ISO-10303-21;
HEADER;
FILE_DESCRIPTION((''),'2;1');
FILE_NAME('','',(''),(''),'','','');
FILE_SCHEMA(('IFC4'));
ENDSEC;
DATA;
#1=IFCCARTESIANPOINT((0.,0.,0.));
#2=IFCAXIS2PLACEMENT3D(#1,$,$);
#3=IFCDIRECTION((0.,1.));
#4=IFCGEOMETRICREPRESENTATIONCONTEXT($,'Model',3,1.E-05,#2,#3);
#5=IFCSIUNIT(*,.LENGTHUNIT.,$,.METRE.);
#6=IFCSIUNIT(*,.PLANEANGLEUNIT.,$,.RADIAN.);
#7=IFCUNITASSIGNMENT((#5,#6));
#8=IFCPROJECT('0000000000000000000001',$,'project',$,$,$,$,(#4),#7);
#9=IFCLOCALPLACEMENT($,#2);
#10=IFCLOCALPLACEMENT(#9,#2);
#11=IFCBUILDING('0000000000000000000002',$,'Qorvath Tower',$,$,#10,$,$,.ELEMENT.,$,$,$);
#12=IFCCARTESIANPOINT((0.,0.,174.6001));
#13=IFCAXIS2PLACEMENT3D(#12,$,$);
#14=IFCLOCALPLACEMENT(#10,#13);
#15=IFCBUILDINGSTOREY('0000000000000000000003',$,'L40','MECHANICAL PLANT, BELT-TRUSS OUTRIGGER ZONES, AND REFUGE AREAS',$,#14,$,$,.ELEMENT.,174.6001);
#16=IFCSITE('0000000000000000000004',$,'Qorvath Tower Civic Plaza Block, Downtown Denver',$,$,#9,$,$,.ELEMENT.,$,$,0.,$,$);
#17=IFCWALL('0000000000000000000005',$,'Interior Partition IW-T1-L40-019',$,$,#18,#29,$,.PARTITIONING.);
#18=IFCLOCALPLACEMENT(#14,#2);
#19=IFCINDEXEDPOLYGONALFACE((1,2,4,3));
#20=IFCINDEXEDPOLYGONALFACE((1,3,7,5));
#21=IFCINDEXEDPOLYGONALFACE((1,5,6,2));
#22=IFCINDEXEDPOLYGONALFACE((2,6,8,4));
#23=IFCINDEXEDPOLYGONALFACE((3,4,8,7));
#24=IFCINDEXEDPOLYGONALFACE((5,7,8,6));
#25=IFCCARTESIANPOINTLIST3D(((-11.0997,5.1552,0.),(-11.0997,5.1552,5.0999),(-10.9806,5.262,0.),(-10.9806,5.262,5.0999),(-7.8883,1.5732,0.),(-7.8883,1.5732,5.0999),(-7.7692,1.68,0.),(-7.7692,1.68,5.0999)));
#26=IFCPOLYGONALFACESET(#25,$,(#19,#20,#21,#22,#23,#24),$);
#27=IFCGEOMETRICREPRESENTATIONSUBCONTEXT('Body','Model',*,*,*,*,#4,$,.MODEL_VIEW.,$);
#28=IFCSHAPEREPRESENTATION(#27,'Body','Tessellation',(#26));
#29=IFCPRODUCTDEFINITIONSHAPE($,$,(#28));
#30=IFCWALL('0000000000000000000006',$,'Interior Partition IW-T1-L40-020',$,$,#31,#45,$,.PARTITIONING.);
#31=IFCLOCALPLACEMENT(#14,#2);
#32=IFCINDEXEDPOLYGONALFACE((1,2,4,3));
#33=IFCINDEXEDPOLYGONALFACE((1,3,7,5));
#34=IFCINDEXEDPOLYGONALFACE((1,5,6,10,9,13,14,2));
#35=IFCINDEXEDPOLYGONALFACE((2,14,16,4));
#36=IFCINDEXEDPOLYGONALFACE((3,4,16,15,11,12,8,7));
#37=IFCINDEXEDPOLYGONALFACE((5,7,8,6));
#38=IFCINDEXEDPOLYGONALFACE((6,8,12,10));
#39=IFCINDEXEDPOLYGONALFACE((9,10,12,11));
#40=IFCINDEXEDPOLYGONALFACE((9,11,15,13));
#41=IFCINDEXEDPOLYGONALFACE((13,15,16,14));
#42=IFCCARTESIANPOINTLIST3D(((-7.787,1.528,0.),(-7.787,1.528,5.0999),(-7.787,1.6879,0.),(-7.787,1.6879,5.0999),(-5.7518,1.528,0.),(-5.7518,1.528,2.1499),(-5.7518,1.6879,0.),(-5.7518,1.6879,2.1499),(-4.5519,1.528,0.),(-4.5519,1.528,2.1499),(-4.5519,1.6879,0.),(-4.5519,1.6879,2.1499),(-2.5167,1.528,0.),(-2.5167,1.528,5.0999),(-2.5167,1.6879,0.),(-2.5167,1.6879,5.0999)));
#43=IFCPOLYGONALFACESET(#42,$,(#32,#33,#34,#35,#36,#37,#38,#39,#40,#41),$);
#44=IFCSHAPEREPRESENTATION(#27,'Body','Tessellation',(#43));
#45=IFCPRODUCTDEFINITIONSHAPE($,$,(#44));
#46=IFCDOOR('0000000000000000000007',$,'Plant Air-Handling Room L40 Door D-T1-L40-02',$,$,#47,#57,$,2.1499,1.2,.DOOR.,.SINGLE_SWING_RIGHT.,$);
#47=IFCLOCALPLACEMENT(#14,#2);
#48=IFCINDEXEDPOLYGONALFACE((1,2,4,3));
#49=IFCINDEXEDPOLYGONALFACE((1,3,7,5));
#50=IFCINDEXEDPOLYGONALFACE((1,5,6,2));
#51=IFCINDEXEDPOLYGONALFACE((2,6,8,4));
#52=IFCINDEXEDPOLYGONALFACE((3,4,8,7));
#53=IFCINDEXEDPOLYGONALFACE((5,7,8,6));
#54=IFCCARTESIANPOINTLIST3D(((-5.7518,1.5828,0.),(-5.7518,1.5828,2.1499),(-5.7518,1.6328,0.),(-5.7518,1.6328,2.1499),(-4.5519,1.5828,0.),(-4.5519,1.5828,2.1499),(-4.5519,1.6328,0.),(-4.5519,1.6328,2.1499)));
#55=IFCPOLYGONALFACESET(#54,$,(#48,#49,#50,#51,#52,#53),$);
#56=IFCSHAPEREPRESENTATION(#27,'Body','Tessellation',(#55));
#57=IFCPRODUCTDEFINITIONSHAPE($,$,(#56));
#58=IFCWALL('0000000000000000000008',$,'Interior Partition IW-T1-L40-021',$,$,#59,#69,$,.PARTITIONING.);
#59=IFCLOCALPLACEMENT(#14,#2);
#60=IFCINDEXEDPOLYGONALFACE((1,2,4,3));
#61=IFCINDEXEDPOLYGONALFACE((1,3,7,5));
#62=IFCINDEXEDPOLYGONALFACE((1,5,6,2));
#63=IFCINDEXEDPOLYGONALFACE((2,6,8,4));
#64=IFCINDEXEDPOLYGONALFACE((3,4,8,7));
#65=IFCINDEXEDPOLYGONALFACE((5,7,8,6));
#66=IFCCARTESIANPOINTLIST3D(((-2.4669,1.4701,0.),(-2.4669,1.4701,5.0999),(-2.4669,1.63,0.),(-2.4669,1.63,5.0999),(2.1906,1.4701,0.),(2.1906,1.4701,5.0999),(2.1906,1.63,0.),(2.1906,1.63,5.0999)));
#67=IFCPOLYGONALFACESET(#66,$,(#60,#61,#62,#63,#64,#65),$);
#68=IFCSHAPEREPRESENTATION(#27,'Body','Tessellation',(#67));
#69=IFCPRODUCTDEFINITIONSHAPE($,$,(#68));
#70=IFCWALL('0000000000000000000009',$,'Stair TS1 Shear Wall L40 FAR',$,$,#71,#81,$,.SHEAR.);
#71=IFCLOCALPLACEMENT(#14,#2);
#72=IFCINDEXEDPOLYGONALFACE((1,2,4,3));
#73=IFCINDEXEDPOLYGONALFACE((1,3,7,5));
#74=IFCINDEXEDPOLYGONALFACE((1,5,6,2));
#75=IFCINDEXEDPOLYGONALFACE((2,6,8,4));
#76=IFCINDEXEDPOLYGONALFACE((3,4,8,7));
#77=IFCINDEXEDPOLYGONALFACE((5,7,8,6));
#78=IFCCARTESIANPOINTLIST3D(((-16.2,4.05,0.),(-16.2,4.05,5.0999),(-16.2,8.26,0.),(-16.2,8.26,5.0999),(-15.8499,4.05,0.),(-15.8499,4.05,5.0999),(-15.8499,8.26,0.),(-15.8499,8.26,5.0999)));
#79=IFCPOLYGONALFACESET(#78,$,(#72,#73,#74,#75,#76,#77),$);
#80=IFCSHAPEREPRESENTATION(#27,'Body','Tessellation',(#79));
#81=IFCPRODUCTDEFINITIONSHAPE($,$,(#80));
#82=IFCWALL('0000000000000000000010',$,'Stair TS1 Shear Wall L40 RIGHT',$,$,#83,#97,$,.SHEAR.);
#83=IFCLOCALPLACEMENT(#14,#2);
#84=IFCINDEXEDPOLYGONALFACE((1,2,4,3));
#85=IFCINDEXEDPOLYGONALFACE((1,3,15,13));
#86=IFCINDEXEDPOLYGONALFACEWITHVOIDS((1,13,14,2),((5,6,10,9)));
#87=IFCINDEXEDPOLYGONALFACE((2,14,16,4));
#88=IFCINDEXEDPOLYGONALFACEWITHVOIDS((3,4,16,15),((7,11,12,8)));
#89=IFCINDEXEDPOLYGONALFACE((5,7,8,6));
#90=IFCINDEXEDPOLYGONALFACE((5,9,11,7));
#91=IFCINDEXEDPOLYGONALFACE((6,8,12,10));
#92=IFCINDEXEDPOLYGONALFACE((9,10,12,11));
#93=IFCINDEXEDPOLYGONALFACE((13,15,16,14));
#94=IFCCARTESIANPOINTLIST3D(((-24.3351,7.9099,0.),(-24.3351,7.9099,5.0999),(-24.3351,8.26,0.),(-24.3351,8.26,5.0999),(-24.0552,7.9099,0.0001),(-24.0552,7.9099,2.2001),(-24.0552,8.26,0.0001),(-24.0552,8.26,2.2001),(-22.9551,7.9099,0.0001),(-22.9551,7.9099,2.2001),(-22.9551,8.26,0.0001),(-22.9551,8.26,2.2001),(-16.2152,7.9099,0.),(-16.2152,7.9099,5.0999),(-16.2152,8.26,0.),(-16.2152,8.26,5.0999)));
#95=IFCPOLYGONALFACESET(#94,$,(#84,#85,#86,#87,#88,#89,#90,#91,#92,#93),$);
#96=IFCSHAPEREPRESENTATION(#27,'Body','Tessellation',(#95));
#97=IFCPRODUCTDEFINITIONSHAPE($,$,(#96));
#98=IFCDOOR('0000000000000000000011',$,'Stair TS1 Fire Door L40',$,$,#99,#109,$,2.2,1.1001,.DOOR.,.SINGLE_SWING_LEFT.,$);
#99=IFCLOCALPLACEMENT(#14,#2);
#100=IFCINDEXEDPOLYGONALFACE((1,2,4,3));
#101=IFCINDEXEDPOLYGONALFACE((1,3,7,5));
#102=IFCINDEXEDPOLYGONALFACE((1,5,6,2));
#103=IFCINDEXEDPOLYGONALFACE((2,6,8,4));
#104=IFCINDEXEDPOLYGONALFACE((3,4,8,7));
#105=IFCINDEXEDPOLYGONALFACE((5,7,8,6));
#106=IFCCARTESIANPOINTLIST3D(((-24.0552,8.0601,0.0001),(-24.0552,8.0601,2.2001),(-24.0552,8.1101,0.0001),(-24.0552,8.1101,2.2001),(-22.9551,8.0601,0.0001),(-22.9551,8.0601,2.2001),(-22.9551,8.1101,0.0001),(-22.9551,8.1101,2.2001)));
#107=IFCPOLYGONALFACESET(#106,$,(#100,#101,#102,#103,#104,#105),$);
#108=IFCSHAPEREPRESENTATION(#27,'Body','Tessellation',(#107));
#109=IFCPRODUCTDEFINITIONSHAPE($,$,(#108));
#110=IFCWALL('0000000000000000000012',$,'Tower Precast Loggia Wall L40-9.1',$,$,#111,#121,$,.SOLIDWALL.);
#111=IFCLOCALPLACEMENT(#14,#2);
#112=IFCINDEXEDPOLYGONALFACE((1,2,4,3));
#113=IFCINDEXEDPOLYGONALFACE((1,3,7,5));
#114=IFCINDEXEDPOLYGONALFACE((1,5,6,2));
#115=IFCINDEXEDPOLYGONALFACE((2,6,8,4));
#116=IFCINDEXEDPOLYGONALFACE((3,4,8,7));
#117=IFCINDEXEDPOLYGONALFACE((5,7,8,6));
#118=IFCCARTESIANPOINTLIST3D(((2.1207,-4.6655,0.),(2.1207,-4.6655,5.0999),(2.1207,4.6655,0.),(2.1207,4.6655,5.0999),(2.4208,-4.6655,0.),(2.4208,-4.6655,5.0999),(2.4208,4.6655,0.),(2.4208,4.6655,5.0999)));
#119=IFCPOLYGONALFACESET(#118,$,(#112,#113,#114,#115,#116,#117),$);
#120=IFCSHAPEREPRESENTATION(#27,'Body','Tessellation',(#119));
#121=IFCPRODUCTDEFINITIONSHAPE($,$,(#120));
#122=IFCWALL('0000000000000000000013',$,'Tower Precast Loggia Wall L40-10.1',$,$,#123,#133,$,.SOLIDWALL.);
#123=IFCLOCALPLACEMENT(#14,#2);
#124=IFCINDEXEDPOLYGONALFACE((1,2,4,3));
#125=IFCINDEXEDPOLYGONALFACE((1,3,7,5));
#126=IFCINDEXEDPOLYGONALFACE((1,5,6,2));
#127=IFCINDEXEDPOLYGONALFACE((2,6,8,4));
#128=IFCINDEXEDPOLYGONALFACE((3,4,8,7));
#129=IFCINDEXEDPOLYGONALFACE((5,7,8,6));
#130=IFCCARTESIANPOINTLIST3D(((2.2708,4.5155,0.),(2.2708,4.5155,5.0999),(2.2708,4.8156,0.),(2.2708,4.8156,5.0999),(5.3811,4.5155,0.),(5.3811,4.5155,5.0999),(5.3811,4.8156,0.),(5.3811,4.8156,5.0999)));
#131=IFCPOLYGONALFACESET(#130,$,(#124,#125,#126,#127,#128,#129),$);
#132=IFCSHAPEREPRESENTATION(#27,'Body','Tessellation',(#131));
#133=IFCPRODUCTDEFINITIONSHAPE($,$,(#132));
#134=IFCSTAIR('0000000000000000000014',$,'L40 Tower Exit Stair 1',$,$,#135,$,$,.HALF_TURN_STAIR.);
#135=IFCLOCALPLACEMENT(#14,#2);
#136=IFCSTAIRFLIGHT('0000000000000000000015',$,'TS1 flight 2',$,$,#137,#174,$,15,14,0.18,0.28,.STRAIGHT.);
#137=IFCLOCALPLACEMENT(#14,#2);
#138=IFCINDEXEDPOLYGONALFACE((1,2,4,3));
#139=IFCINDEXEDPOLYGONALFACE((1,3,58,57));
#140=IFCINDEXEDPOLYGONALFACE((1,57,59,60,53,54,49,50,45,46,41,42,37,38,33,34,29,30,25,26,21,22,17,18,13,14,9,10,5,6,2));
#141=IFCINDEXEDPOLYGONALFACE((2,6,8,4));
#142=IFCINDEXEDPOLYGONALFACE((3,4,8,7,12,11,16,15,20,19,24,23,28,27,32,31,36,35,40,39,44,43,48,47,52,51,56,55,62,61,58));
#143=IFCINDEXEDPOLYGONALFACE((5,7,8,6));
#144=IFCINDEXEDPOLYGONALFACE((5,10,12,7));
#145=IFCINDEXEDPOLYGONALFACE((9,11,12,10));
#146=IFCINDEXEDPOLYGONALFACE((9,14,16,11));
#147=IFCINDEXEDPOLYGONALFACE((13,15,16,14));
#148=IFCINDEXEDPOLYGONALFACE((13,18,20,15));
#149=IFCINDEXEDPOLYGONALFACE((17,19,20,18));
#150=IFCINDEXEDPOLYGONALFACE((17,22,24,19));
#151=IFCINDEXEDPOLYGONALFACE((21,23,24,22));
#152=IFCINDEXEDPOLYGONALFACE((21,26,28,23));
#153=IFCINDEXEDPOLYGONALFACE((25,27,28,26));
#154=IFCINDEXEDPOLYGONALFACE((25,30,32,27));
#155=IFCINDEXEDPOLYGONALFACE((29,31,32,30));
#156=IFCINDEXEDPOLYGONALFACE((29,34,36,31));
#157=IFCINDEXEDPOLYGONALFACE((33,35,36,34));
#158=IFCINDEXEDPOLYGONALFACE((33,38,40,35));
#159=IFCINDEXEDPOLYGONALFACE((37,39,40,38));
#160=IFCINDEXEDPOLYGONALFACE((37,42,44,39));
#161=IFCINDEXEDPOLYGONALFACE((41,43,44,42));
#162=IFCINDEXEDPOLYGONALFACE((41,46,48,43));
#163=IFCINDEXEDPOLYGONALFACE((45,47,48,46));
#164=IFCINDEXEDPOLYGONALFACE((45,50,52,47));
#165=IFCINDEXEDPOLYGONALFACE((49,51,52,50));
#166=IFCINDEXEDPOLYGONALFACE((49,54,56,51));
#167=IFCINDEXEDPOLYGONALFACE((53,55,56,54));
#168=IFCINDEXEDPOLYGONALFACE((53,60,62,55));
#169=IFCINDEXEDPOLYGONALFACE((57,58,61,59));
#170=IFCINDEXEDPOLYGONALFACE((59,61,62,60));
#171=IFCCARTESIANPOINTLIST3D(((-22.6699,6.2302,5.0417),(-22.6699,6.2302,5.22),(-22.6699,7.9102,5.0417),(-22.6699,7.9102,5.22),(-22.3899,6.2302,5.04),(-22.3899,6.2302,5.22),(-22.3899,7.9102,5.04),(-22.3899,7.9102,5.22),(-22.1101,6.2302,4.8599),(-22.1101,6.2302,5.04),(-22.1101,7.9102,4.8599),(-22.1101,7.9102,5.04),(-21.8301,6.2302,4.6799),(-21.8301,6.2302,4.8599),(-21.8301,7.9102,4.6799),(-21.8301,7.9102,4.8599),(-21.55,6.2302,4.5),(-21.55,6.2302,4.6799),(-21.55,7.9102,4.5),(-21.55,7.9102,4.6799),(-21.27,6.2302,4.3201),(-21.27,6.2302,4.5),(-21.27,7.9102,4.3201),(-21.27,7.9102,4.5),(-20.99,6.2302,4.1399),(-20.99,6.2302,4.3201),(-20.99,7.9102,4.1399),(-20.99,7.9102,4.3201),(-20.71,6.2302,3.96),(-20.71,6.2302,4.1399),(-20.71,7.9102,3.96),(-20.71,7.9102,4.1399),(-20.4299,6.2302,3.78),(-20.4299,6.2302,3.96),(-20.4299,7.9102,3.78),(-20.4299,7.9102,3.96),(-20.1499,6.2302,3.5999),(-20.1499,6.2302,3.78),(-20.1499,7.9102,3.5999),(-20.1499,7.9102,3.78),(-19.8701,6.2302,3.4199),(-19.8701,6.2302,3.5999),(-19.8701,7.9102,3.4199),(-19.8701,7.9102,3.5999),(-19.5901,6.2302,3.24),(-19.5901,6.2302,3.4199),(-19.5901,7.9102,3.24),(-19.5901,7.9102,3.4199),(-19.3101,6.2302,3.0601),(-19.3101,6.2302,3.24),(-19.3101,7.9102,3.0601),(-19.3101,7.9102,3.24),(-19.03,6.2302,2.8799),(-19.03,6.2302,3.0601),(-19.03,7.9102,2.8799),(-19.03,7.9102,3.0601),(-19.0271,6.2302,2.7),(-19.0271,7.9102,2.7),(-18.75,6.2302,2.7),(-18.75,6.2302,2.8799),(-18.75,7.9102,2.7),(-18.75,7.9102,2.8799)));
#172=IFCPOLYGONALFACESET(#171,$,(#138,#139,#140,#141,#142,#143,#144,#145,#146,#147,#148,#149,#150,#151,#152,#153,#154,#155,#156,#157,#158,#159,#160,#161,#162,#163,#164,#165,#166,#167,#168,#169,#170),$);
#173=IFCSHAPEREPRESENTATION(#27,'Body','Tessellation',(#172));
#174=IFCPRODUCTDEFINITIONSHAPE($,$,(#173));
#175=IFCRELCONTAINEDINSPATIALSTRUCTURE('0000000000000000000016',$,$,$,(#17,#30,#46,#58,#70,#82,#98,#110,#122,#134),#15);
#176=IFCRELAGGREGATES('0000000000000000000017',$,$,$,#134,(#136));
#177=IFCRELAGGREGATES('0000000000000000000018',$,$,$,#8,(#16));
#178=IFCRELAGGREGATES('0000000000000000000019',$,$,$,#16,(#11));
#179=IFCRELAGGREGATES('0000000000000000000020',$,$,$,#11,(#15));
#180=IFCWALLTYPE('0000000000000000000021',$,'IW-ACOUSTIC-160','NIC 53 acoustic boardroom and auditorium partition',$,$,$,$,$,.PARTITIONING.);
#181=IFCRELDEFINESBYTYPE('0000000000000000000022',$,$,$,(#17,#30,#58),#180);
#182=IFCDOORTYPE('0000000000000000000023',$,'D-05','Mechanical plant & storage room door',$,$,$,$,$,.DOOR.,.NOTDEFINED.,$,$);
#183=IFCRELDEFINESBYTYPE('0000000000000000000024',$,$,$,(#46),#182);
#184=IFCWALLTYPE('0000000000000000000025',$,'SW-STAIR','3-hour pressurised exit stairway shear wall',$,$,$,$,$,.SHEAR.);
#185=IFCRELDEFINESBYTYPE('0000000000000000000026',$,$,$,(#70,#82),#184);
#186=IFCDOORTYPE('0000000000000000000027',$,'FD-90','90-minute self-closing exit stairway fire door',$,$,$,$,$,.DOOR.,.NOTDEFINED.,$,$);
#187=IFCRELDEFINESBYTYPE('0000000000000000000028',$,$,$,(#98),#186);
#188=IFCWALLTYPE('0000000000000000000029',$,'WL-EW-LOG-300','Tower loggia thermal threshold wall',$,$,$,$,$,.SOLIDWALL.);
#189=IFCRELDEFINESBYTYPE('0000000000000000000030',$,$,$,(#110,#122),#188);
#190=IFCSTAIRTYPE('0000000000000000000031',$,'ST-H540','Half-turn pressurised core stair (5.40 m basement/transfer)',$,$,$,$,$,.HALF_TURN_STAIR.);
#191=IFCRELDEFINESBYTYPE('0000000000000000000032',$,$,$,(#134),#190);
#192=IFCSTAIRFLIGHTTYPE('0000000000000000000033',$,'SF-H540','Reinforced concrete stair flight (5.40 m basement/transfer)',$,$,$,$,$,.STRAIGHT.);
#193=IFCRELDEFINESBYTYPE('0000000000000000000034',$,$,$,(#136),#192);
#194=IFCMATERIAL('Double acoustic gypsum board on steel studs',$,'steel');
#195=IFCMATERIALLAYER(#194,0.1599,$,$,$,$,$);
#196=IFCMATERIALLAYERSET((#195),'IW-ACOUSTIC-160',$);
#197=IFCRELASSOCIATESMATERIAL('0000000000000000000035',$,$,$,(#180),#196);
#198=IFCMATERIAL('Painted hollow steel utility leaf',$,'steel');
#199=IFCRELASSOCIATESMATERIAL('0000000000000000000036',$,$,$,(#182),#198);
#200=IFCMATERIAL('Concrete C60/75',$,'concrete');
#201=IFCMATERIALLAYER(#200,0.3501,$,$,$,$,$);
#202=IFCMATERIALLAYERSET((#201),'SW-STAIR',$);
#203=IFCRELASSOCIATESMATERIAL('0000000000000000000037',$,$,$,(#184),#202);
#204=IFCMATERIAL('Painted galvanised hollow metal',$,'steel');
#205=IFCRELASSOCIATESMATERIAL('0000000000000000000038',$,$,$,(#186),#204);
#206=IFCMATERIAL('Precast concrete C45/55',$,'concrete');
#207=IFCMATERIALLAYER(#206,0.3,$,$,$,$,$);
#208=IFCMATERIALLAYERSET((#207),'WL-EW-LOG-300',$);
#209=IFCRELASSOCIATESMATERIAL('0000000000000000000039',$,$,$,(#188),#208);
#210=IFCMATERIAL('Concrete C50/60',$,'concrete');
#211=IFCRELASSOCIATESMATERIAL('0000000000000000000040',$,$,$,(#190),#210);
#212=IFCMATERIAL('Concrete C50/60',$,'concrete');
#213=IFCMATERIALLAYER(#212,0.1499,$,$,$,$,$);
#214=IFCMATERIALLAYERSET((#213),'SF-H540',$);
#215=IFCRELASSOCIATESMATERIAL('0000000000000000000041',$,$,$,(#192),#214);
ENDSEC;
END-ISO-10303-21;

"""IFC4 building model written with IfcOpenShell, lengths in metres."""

from ifc_helpers import new_model, si_unit, direction, frame, frame_2d, origin, place, context, subcontext, project, spatial, polyline, rectangle, outline, extrude, material, layer, layer_set, type_object, element, fill, aggregate, save


model = new_model("IFC4")

# Units and contexts
model_context = context("Model", 3, precision=1e-05, world=origin(), true_north=direction((0.0, 1.0)))
body_context = subcontext(model_context, "Body", "Model", "MODEL_VIEW")
ifc_project = project(units=[si_unit("LENGTHUNIT", "METRE"), si_unit("PLANEANGLEUNIT", "RADIAN")], contexts=[model_context])

# Site, building, storey
site_placement = place(None, origin())
site = spatial("IfcSite", under=ifc_project, at=site_placement, Name="Qorvath Tower Civic Plaza Block, Downtown Denver", CompositionType="ELEMENT", RefElevation=0.0)
building_placement = place(site_placement, origin())
building = spatial("IfcBuilding", under=site, at=building_placement, Name="Qorvath Tower", CompositionType="ELEMENT")
storey_placement = place(building_placement, frame((0.0, 0.0, 174.6001)))
storey = spatial("IfcBuildingStorey", under=building, at=storey_placement, Name="L40", Description="MECHANICAL PLANT, BELT-TRUSS OUTRIGGER ZONES, AND REFUGE AREAS", CompositionType="ELEMENT", Elevation=174.6001)

# Wall
ifc_material_1 = material(Name="Double acoustic gypsum board on steel studs", Category="steel")
ifc_layer_1 = layer(ifc_material_1, 0.1599)
ifc_layer_set_1 = layer_set([ifc_layer_1], Name="IW-ACOUSTIC-160")
wall_type_1 = type_object("IfcWallType", Name="IW-ACOUSTIC-160", Description="NIC 53 acoustic boardroom and auditorium partition", PredefinedType="PARTITIONING", material=ifc_layer_set_1)
wall_1_placement = place(storey_placement, frame((-11.04, 5.2085, 0.0), z_axis=(0.0, 0.0, 1.0), x_axis=(0.667539, -0.744575, 0.0)))
element("IfcWall", 1, at=wall_1_placement, inside=storey, type_object=wall_type_1, Name="Interior Partition IW-T1-L40-019", PredefinedType="PARTITIONING", context=body_context, shape_type="SweptSolid", body=[
    extrude(rectangle(XDim=4.8108, YDim=0.1599, at=frame_2d((2.4053, 0.0))), origin(), (0.0, 0.0, 1.0), 5.0999),
])

# Wall, opening, door
wall_2_placement = place(storey_placement, frame((-7.7871, 1.6079, 0.0), z_axis=(0.0, 0.0, 1.0), x_axis=(1.0, 0.0, 0.0)))
wall_2 = element("IfcWall", 2, at=wall_2_placement, inside=storey, type_object=wall_type_1, Name="Interior Partition IW-T1-L40-020", PredefinedType="PARTITIONING", context=body_context, shape_type="SweptSolid", body=[
    extrude(rectangle(XDim=5.2703, YDim=0.1599, at=frame_2d((2.6353, 0.0))), origin(), (0.0, 0.0, 1.0), 5.0999),
])
opening_1_placement = place(wall_2_placement, frame((2.0352, 0.0, 0.0)))
opening_1 = element("IfcOpeningElement", 3, at=opening_1_placement, cuts=wall_2, PredefinedType="OPENING", context=body_context, shape_type="SweptSolid", body=[
    extrude(rectangle(XDim=1.2, YDim=2.1499, at=frame_2d((0.6001, 1.075))), frame((0.0, 0.0898, 0.0), z_axis=(0.0, -1.0, 0.0), x_axis=(1.0, 0.0, 0.0)), (0.0, 0.0, 1.0), 0.1799),
])
ifc_material_2 = material(Name="Painted hollow steel utility leaf", Category="steel")
door_type_1 = type_object("IfcDoorType", Name="D-05", Description="Mechanical plant & storage room door", OperationType="NOTDEFINED", PredefinedType="DOOR", material=ifc_material_2)
door_1_placement = place(opening_1_placement, origin())
door_1 = element("IfcDoor", 4, at=door_1_placement, inside=storey, type_object=door_type_1, Name="Plant Air-Handling Room L40 Door D-T1-L40-02", OperationType="SINGLE_SWING_RIGHT", OverallHeight=2.1499, OverallWidth=1.2, PredefinedType="DOOR", context=body_context, shape_type="SweptSolid", body=[
    extrude(rectangle(XDim=1.2, YDim=2.1499, at=frame_2d((0.6001, 1.075))), frame((0.0, 0.0249, 0.0), z_axis=(0.0, -1.0, 0.0), x_axis=(1.0, 0.0, 0.0)), (0.0, 0.0, 1.0), 0.05),
])
fill(opening_1, door_1)

# Walls
wall_3_placement = place(storey_placement, frame((-2.4668, 1.55, 0.0), z_axis=(0.0, 0.0, 1.0), x_axis=(1.0, 0.0, 0.0)))
element("IfcWall", 5, at=wall_3_placement, inside=storey, type_object=wall_type_1, Name="Interior Partition IW-T1-L40-021", PredefinedType="PARTITIONING", context=body_context, shape_type="SweptSolid", body=[
    extrude(rectangle(XDim=4.6575, YDim=0.1599, at=frame_2d((2.3286, 0.0))), origin(), (0.0, 0.0, 1.0), 5.0999),
])
ifc_material_3 = material(Name="Concrete C60/75", Category="concrete")
ifc_layer_2 = layer(ifc_material_3, 0.3501)
ifc_layer_set_2 = layer_set([ifc_layer_2], Name="SW-STAIR")
wall_type_2 = type_object("IfcWallType", Name="SW-STAIR", Description="3-hour pressurised exit stairway shear wall", PredefinedType="SHEAR", material=ifc_layer_set_2)
wall_4_placement = place(storey_placement, frame((-16.0249, 4.05, 0.0), z_axis=(0.0, 0.0, 1.0), x_axis=(0.0, 1.0, 0.0)))
element("IfcWall", 6, at=wall_4_placement, inside=storey, type_object=wall_type_2, Name="Stair TS1 Shear Wall L40 FAR", PredefinedType="SHEAR", context=body_context, shape_type="SweptSolid", body=[
    extrude(rectangle(XDim=4.21, YDim=0.3501, at=frame_2d((2.105, 0.0))), origin(), (0.0, 0.0, 1.0), 5.0999),
])

# Wall, opening, door
wall_5_placement = place(storey_placement, frame((-16.2151, 8.085, 0.0), z_axis=(0.0, 0.0, 1.0), x_axis=(-1.0, 0.0, 0.0)))
wall_5 = element("IfcWall", 7, at=wall_5_placement, inside=storey, type_object=wall_type_2, Name="Stair TS1 Shear Wall L40 RIGHT", PredefinedType="SHEAR", context=body_context, shape_type="SweptSolid", body=[
    extrude(rectangle(XDim=8.1199, YDim=0.3501, at=frame_2d((4.0601, 0.0))), origin(), (0.0, 0.0, 1.0), 5.0999),
])
opening_2_placement = place(wall_5_placement, frame((6.74, 0.0, 0.0)))
opening_2 = element("IfcOpeningElement", 8, at=opening_2_placement, cuts=wall_5, PredefinedType="OPENING", context=body_context, shape_type="SweptSolid", body=[
    extrude(rectangle(XDim=1.1001, YDim=2.2, at=frame_2d((0.55, 1.1001))), frame((0.0, 0.1851, 0.0), z_axis=(0.0, -1.0, 0.0), x_axis=(1.0, 0.0, 0.0)), (0.0, 0.0, 1.0), 0.3701),
])
ifc_material_4 = material(Name="Painted galvanised hollow metal", Category="steel")
door_type_2 = type_object("IfcDoorType", Name="FD-90", Description="90-minute self-closing exit stairway fire door", OperationType="NOTDEFINED", PredefinedType="DOOR", material=ifc_material_4)
door_2_placement = place(opening_2_placement, origin())
door_2 = element("IfcDoor", 9, at=door_2_placement, inside=storey, type_object=door_type_2, Name="Stair TS1 Fire Door L40", OperationType="SINGLE_SWING_LEFT", OverallHeight=2.2, OverallWidth=1.1001, PredefinedType="DOOR", context=body_context, shape_type="SweptSolid", body=[
    extrude(rectangle(XDim=1.1001, YDim=2.2, at=frame_2d((0.55, 1.1001))), frame((0.0, 0.0249, 0.0), z_axis=(0.0, -1.0, 0.0), x_axis=(1.0, 0.0, 0.0)), (0.0, 0.0, 1.0), 0.05),
])
fill(opening_2, door_2)

# Walls
ifc_material_5 = material(Name="Precast concrete C45/55", Category="concrete")
ifc_layer_3 = layer(ifc_material_5, 0.3)
ifc_layer_set_3 = layer_set([ifc_layer_3], Name="WL-EW-LOG-300")
wall_type_3 = type_object("IfcWallType", Name="WL-EW-LOG-300", Description="Tower loggia thermal threshold wall", PredefinedType="SOLIDWALL", material=ifc_layer_set_3)
wall_6_placement = place(storey_placement, frame((2.2708, 4.6655, 0.0), z_axis=(0.0, 0.0, 1.0), x_axis=(0.0, -1.0, 0.0)))
element("IfcWall", 10, at=wall_6_placement, inside=storey, type_object=wall_type_3, Name="Tower Precast Loggia Wall L40-9.1", PredefinedType="SOLIDWALL", context=body_context, shape_type="SweptSolid", body=[
    extrude(rectangle(XDim=9.3311, YDim=0.3, at=frame_2d((4.6655, 0.0))), origin(), (0.0, 0.0, 1.0), 5.0999),
])
wall_7_placement = place(storey_placement, frame((2.2708, 4.6655, 0.0), z_axis=(0.0, 0.0, 1.0), x_axis=(1.0, 0.0, 0.0)))
element("IfcWall", 11, at=wall_7_placement, inside=storey, type_object=wall_type_3, Name="Tower Precast Loggia Wall L40-10.1", PredefinedType="SOLIDWALL", context=body_context, shape_type="SweptSolid", body=[
    extrude(rectangle(XDim=3.1104, YDim=0.3, at=frame_2d((1.5552, 0.0))), origin(), (0.0, 0.0, 1.0), 5.0999),
])

# Stair, stair flight
ifc_material_6 = material(Name="Concrete C50/60", Category="concrete")
stair_type = type_object("IfcStairType", Name="ST-H540", Description="Half-turn pressurised core stair (5.40 m basement/transfer)", PredefinedType="HALF_TURN_STAIR", material=ifc_material_6)
stair_placement = place(storey_placement, origin())
stair = element("IfcStair", 12, at=stair_placement, inside=storey, type_object=stair_type, Name="L40 Tower Exit Stair 1", PredefinedType="HALF_TURN_STAIR")
ifc_material_7 = material(Name="Concrete C50/60", Category="concrete")
ifc_layer_4 = layer(ifc_material_7, 0.1499)
ifc_layer_set_4 = layer_set([ifc_layer_4], Name="SF-H540")
stair_flight_type = type_object("IfcStairFlightType", Name="SF-H540", Description="Reinforced concrete stair flight (5.40 m basement/transfer)", PredefinedType="STRAIGHT", material=ifc_layer_set_4)
stair_flight_placement = place(storey_placement, frame((-18.75, 7.0701, 2.7), z_axis=(0.0, 0.0, 1.0), x_axis=(-1.0, 0.0, 0.0)))
stair_flight = element("IfcStairFlight", 13, at=stair_flight_placement, type_object=stair_flight_type, Name="TS1 flight 2", NumberOfRisers=15, NumberOfTreads=14, PredefinedType="STRAIGHT", RiserHeight=0.18, TreadLength=0.28, context=body_context, shape_type="SweptSolid", body=[
    extrude(outline(polyline([(0.0, 0.0), (0.0, 0.1799), (0.28, 0.1799), (0.28, 0.3601), (0.5601, 0.3601), (0.5601, 0.54), (0.8401, 0.54), (0.8401, 0.72), (1.1201, 0.72), (1.1201, 0.8999), (1.3999, 0.8999), (1.3999, 1.0801), (1.6799, 1.0801), (1.6799, 1.26), (1.96, 1.26), (1.96, 1.4399), (2.24, 1.4399), (2.24, 1.6201), (2.52, 1.6201), (2.52, 1.8), (2.8, 1.8), (2.8, 1.98), (3.0801, 1.98), (3.0801, 2.1599), (3.3601, 2.1599), (3.3601, 2.3401), (3.6399, 2.3401), (3.6399, 2.52), (3.9199, 2.52), (3.9199, 2.7), (3.9199, 2.3418), (0.2771, 0.0), (0.0, 0.0)])), frame((0.0, 0.8398, 0.0), z_axis=(0.0, -1.0, 0.0), x_axis=(1.0, 0.0, 0.0)), (0.0, 0.0, 1.0), 1.6799),
])
aggregate(stair, [stair_flight])

save(model, "model.ifc")
